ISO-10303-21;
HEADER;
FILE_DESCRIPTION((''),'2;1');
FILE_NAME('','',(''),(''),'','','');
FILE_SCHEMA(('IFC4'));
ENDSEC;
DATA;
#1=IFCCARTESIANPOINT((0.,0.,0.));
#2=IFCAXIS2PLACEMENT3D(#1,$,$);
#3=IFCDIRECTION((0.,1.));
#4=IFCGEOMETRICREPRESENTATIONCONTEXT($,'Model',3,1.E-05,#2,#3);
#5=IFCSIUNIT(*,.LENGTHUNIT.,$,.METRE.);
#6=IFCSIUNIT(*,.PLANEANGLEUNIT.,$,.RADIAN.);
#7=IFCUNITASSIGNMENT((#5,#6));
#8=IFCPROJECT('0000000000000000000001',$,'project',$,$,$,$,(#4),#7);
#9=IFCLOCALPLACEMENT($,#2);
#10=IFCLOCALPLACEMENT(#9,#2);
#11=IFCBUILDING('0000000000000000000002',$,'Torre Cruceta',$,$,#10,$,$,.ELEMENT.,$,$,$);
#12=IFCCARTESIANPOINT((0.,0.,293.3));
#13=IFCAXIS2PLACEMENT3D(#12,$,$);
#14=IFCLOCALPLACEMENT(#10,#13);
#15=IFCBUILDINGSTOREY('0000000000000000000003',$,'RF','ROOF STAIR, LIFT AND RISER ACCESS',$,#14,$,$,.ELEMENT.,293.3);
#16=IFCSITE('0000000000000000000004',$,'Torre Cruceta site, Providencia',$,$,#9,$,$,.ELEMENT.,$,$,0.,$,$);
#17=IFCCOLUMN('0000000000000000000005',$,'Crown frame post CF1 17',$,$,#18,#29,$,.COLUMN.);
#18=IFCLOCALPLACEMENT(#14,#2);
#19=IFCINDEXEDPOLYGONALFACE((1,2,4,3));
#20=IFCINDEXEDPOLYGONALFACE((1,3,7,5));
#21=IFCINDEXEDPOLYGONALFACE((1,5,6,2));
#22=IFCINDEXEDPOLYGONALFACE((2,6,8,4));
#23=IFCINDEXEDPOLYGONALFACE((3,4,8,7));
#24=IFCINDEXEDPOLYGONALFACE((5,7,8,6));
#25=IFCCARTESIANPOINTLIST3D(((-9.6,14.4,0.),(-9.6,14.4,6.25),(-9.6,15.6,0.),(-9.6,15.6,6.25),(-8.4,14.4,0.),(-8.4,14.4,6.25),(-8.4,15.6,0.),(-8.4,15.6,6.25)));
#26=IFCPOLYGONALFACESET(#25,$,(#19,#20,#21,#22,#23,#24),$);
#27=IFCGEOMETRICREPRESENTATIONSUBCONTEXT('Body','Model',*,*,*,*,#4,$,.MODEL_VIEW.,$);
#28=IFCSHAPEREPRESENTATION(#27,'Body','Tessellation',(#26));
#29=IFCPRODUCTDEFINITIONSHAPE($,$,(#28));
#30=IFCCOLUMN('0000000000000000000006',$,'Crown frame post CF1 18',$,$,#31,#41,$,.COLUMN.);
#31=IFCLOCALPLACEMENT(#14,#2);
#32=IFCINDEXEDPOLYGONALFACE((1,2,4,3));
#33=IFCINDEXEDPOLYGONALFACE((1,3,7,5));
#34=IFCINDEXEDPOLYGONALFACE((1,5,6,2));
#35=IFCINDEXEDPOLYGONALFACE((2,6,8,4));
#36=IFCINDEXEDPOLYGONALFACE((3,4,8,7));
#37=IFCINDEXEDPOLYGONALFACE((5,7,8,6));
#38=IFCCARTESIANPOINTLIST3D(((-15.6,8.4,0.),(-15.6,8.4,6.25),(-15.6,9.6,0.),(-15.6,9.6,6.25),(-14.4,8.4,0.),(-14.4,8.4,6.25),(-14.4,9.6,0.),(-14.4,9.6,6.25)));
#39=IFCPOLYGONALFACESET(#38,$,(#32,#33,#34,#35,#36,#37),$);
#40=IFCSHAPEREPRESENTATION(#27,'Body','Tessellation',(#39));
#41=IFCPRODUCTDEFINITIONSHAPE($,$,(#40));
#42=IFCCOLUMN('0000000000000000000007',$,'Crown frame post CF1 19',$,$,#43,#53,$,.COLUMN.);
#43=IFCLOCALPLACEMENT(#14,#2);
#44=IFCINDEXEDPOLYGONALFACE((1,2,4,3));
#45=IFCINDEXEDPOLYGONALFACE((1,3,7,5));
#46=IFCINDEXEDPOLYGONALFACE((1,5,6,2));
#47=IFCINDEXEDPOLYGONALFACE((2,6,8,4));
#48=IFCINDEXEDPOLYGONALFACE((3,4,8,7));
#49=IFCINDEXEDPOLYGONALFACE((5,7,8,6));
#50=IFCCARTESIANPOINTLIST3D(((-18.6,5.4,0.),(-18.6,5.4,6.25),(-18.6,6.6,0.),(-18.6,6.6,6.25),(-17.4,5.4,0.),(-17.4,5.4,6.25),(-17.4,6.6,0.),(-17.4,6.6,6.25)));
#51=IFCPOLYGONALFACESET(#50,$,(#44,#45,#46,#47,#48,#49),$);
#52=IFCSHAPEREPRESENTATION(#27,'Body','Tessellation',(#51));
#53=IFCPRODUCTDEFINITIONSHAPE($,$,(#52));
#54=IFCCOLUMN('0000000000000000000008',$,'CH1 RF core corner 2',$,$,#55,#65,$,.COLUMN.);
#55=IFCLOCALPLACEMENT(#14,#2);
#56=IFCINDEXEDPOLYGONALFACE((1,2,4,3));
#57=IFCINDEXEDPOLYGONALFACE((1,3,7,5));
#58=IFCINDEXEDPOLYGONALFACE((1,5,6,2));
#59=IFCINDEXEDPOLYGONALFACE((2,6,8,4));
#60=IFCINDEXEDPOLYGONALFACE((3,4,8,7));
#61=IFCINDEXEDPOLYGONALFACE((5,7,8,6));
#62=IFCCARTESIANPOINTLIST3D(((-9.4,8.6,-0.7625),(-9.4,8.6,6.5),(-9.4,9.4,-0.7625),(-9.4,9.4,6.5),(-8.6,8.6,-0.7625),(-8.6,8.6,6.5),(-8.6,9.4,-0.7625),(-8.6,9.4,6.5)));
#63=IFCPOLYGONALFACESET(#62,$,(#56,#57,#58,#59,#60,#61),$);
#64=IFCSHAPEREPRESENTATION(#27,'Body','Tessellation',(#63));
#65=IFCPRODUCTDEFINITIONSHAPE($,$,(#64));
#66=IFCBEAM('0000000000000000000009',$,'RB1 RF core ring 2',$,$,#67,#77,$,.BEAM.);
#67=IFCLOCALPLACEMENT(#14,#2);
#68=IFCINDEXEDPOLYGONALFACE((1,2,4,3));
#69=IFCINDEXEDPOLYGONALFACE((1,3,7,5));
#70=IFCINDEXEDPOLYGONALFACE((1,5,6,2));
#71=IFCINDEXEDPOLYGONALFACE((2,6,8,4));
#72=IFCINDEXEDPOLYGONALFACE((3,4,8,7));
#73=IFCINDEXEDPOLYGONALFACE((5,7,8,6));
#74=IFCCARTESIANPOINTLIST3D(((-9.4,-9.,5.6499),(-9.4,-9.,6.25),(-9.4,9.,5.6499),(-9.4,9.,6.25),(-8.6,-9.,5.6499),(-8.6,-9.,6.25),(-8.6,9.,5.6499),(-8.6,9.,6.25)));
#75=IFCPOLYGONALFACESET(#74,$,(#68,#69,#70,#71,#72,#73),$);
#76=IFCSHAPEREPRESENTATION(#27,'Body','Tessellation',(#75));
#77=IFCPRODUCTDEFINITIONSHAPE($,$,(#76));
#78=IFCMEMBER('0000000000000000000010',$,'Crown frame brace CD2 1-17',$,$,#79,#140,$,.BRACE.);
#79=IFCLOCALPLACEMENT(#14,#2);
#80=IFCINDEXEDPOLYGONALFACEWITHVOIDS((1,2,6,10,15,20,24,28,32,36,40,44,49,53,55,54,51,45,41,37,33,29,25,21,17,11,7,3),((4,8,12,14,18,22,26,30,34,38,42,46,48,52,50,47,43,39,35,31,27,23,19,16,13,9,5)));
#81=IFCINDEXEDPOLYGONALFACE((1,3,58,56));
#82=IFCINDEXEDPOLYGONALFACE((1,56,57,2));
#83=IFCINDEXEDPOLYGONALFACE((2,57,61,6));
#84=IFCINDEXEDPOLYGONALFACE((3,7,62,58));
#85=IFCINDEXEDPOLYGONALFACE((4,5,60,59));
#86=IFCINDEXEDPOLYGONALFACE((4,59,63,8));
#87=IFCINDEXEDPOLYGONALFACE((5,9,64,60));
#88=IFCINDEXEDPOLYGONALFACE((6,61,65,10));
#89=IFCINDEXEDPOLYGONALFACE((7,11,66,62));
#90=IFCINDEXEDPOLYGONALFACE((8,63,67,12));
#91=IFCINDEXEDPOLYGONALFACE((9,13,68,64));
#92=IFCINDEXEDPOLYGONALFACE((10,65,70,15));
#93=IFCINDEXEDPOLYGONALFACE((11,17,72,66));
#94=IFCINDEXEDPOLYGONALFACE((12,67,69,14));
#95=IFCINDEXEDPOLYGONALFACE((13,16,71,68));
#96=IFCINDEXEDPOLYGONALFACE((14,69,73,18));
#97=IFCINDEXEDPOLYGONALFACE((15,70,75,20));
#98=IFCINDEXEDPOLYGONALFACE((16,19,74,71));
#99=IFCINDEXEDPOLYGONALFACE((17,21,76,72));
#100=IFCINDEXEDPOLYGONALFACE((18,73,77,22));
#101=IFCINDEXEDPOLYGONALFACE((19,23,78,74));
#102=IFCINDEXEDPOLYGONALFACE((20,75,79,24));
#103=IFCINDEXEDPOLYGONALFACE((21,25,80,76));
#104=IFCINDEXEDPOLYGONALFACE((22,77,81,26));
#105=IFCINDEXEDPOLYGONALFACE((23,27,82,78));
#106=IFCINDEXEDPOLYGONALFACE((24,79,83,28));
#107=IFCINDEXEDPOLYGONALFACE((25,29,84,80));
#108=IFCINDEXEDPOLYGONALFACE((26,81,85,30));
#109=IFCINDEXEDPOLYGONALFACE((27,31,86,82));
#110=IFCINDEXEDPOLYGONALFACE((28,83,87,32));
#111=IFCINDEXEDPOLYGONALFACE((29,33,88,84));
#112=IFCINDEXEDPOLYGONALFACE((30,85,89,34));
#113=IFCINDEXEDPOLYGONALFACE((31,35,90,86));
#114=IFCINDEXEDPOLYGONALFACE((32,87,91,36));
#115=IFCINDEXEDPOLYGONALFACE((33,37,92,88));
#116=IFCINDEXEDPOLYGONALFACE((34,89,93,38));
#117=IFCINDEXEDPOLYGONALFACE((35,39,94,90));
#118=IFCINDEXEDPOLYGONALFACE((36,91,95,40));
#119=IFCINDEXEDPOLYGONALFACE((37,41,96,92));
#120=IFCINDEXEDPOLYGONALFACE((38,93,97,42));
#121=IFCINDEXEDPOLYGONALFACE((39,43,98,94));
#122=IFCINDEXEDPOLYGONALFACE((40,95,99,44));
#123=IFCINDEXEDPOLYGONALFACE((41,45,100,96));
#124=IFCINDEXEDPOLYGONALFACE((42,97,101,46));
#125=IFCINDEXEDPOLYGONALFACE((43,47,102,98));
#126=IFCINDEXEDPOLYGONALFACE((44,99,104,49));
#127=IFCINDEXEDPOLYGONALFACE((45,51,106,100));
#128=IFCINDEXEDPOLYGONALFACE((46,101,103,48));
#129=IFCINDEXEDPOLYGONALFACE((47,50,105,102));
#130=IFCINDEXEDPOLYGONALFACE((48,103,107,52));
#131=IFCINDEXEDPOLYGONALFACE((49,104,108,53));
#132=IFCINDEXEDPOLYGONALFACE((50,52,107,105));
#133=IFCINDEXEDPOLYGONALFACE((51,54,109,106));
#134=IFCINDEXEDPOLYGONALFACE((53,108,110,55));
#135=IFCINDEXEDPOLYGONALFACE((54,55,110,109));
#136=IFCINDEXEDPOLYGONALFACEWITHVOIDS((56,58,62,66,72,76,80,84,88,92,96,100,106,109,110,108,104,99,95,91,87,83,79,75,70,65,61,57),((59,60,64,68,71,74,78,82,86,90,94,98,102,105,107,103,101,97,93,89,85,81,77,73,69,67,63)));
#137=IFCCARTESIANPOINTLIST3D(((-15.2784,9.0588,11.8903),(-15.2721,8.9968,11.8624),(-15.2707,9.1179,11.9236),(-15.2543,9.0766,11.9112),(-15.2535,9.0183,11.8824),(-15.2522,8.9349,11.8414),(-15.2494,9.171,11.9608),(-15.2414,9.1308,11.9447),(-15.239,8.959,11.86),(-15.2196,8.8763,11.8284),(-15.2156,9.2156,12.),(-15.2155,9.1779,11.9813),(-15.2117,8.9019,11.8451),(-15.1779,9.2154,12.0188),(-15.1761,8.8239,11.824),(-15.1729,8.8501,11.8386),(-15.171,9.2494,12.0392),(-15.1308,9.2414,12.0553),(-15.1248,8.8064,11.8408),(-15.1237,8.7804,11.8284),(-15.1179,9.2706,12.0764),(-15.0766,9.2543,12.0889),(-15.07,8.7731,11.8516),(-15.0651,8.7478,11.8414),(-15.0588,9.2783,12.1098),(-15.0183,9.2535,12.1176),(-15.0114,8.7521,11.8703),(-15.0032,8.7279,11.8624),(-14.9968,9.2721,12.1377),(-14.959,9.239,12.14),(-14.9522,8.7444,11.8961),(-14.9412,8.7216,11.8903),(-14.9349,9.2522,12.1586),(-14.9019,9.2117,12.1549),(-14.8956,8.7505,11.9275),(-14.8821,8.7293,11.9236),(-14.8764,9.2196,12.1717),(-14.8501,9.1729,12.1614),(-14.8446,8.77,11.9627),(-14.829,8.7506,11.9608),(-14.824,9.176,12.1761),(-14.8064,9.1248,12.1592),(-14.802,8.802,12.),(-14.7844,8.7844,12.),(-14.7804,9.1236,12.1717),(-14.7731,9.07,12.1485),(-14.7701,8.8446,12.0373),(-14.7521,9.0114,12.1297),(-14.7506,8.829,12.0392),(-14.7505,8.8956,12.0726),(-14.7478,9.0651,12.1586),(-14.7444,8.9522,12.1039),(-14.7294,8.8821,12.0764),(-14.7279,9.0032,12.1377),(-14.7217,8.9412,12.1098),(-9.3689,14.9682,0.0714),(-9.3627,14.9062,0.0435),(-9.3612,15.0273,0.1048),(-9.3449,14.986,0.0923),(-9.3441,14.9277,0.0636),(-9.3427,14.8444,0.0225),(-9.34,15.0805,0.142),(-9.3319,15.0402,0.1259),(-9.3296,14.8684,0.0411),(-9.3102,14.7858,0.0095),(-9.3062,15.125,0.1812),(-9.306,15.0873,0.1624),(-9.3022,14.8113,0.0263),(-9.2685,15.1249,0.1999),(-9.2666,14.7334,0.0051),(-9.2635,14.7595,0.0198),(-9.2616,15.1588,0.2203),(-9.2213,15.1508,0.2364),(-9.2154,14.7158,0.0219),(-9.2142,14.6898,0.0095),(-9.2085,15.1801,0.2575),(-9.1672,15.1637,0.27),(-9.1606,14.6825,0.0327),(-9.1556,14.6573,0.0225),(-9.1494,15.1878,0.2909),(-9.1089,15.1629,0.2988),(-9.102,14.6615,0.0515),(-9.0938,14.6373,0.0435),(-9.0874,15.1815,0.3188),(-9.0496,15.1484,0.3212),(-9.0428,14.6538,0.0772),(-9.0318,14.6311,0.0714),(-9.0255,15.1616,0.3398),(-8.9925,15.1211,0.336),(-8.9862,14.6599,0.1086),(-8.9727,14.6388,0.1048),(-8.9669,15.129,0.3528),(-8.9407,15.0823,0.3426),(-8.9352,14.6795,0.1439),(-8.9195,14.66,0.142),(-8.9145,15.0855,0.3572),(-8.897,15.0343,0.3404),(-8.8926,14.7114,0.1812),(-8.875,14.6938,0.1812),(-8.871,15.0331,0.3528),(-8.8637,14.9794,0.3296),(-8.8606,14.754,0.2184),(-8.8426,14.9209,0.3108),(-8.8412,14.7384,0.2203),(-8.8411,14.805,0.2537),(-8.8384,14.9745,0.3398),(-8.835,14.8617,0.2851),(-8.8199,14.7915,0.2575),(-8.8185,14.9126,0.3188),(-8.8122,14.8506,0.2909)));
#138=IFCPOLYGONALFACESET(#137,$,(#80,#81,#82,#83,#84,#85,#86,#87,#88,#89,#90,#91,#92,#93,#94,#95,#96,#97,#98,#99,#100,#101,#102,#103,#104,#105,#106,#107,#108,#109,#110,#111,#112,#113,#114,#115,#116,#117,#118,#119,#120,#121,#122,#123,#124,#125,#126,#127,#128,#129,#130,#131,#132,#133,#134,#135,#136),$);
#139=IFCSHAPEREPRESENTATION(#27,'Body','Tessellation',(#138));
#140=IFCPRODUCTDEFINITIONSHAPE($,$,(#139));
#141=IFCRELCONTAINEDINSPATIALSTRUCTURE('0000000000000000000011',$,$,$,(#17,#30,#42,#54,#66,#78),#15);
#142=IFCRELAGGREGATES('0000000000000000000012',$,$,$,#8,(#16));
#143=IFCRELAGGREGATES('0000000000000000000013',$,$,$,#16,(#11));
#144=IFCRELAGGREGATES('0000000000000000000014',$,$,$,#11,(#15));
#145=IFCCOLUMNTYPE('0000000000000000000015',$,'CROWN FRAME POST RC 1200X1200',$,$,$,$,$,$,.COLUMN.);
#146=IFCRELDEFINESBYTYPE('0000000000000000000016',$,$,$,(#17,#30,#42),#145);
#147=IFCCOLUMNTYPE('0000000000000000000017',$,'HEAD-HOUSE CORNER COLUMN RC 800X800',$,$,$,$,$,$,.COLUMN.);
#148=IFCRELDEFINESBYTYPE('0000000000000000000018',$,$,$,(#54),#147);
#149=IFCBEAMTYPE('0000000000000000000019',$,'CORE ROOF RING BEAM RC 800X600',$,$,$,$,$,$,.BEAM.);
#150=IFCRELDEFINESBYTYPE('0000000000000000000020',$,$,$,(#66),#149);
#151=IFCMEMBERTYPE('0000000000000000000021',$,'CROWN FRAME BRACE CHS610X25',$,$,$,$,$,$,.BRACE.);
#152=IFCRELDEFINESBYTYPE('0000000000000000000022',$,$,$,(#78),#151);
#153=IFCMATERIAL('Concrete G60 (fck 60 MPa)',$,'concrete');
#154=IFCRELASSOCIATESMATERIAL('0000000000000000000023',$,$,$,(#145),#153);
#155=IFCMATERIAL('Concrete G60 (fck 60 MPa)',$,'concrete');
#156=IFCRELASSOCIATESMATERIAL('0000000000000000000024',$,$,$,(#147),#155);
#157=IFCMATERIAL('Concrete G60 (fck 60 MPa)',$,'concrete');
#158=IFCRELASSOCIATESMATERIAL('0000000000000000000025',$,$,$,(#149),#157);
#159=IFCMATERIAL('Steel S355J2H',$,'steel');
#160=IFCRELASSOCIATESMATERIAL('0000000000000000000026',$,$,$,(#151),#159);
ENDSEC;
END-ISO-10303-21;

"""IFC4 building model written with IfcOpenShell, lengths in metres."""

from ifc_helpers import new_model, si_unit, direction, frame, origin, origin_2d, place, context, subcontext, project, spatial, rectangle, hollow_circle, extrude, material, material_profile, profile_set, type_object, element, save


model = new_model("IFC4")

# Units and contexts
model_context = context("Model", 3, precision=1e-05, world=origin(), true_north=direction((0.0, 1.0)))
body_context = subcontext(model_context, "Body", "Model", "MODEL_VIEW")
ifc_project = project(units=[si_unit("LENGTHUNIT", "METRE"), si_unit("PLANEANGLEUNIT", "RADIAN")], contexts=[model_context])

# Site, building, storey
site_placement = place(None, origin())
site = spatial("IfcSite", under=ifc_project, at=site_placement, Name="Torre Cruceta site, Providencia", CompositionType="ELEMENT", RefElevation=0.0)
building_placement = place(site_placement, origin())
building = spatial("IfcBuilding", under=site, at=building_placement, Name="Torre Cruceta", CompositionType="ELEMENT")
storey_placement = place(building_placement, frame((0.0, 0.0, 293.3)))
storey = spatial("IfcBuildingStorey", under=building, at=storey_placement, Name="RF", Description="ROOF STAIR, LIFT AND RISER ACCESS", CompositionType="ELEMENT", Elevation=293.3)

# Columns
ifc_material_1 = material(Name="Concrete G60 (fck 60 MPa)", Category="concrete")
ifc_material_profile_1 = material_profile(ifc_material_1, rectangle(XDim=1.2, YDim=1.2, at=origin_2d()), Name="RC 1200X1200")
ifc_profile_set_1 = profile_set([ifc_material_profile_1], Name="Concrete G60 (fck 60 MPa)")
column_type_1 = type_object("IfcColumnType", Name="CROWN FRAME POST RC 1200X1200", PredefinedType="COLUMN", material=ifc_profile_set_1)
for number, where, z_axis, x_axis, name in (
    (1, (-9.0, 15.0, 0.0), (0.0, 0.0, 1.0), (1.0, 0.0, 0.0), "Crown frame post CF1 17"),
    (2, (-15.0, 9.0, 0.0), (0.0, 0.0, 1.0), (1.0, 0.0, 0.0), "Crown frame post CF1 18"),
    (3, (-18.0, 6.0, 0.0), (0.0, 0.0, 1.0), (1.0, 0.0, 0.0), "Crown frame post CF1 19"),
):
    element("IfcColumn", number, at=place(storey_placement, frame(where, z_axis=z_axis, x_axis=x_axis)), inside=storey, type_object=column_type_1, Name=name, PredefinedType="COLUMN", context=body_context, shape_type="SweptSolid", body=[
        extrude(rectangle(XDim=1.2, YDim=1.2, at=origin_2d()), origin(), (0.0, 0.0, 1.0), 6.25),
    ])
ifc_material_2 = material(Name="Concrete G60 (fck 60 MPa)", Category="concrete")
ifc_material_profile_2 = material_profile(ifc_material_2, rectangle(XDim=0.8, YDim=0.8, at=origin_2d()), Name="RC 800X800")
ifc_profile_set_2 = profile_set([ifc_material_profile_2], Name="Concrete G60 (fck 60 MPa)")
column_type_2 = type_object("IfcColumnType", Name="HEAD-HOUSE CORNER COLUMN RC 800X800", PredefinedType="COLUMN", material=ifc_profile_set_2)
column_placement = place(storey_placement, frame((-9.0, 9.0, -0.7625), z_axis=(0.0, 0.0, 1.0), x_axis=(1.0, 0.0, 0.0)))
element("IfcColumn", 4, at=column_placement, inside=storey, type_object=column_type_2, Name="CH1 RF core corner 2", PredefinedType="COLUMN", context=body_context, shape_type="SweptSolid", body=[
    extrude(rectangle(XDim=0.8, YDim=0.8, at=origin_2d()), origin(), (0.0, 0.0, 1.0), 7.2625),
])

# Beam
ifc_material_3 = material(Name="Concrete G60 (fck 60 MPa)", Category="concrete")
ifc_material_profile_3 = material_profile(ifc_material_3, rectangle(XDim=0.8, YDim=0.6001, at=origin_2d()), Name="RC 800X600")
ifc_profile_set_3 = profile_set([ifc_material_profile_3], Name="Concrete G60 (fck 60 MPa)")
beam_type_1 = type_object("IfcBeamType", Name="CORE ROOF RING BEAM RC 800X600", PredefinedType="BEAM", material=ifc_profile_set_3)
beam_1_placement = place(storey_placement, frame((-9.0, 9.0, 5.95), z_axis=(0.0, -1.0, 0.0), x_axis=(1.0, 0.0, 0.0)))
element("IfcBeam", 5, at=beam_1_placement, inside=storey, type_object=beam_type_1, Name="RB1 RF core ring 2", PredefinedType="BEAM", context=body_context, shape_type="SweptSolid", body=[
    extrude(rectangle(XDim=0.8, YDim=0.6001, at=origin_2d()), origin(), (0.0, 0.0, 1.0), 18.0),
])

# Member
ifc_material_4 = material(Name="Steel S355J2H", Category="steel")
ifc_material_profile_4 = material_profile(ifc_material_4, hollow_circle(Radius=0.3049, WallThickness=0.0249, at=origin_2d()), Name="CHS610X25")
ifc_profile_set_4 = profile_set([ifc_material_profile_4], Name="Steel S355J2H")
member_type_1 = type_object("IfcMemberType", Name="CROWN FRAME BRACE CHS610X25", PredefinedType="BRACE", material=ifc_profile_set_4)
member_1_placement = place(storey_placement, frame((-9.0906, 14.9094, 0.1812), z_axis=(-0.408248, -0.408248, 0.816497), x_axis=(0.707107, -0.707107, 0.0)))
element("IfcMember", 6, at=member_1_placement, inside=storey, type_object=member_type_1, Name="Crown frame brace CD2 1-17", PredefinedType="BRACE", context=body_context, shape_type="SweptSolid", body=[
    extrude(hollow_circle(Radius=0.3049, WallThickness=0.0249, at=origin_2d()), origin(), (0.0, 0.0, 1.0), 14.4751),
])

save(model, "model.ifc")
